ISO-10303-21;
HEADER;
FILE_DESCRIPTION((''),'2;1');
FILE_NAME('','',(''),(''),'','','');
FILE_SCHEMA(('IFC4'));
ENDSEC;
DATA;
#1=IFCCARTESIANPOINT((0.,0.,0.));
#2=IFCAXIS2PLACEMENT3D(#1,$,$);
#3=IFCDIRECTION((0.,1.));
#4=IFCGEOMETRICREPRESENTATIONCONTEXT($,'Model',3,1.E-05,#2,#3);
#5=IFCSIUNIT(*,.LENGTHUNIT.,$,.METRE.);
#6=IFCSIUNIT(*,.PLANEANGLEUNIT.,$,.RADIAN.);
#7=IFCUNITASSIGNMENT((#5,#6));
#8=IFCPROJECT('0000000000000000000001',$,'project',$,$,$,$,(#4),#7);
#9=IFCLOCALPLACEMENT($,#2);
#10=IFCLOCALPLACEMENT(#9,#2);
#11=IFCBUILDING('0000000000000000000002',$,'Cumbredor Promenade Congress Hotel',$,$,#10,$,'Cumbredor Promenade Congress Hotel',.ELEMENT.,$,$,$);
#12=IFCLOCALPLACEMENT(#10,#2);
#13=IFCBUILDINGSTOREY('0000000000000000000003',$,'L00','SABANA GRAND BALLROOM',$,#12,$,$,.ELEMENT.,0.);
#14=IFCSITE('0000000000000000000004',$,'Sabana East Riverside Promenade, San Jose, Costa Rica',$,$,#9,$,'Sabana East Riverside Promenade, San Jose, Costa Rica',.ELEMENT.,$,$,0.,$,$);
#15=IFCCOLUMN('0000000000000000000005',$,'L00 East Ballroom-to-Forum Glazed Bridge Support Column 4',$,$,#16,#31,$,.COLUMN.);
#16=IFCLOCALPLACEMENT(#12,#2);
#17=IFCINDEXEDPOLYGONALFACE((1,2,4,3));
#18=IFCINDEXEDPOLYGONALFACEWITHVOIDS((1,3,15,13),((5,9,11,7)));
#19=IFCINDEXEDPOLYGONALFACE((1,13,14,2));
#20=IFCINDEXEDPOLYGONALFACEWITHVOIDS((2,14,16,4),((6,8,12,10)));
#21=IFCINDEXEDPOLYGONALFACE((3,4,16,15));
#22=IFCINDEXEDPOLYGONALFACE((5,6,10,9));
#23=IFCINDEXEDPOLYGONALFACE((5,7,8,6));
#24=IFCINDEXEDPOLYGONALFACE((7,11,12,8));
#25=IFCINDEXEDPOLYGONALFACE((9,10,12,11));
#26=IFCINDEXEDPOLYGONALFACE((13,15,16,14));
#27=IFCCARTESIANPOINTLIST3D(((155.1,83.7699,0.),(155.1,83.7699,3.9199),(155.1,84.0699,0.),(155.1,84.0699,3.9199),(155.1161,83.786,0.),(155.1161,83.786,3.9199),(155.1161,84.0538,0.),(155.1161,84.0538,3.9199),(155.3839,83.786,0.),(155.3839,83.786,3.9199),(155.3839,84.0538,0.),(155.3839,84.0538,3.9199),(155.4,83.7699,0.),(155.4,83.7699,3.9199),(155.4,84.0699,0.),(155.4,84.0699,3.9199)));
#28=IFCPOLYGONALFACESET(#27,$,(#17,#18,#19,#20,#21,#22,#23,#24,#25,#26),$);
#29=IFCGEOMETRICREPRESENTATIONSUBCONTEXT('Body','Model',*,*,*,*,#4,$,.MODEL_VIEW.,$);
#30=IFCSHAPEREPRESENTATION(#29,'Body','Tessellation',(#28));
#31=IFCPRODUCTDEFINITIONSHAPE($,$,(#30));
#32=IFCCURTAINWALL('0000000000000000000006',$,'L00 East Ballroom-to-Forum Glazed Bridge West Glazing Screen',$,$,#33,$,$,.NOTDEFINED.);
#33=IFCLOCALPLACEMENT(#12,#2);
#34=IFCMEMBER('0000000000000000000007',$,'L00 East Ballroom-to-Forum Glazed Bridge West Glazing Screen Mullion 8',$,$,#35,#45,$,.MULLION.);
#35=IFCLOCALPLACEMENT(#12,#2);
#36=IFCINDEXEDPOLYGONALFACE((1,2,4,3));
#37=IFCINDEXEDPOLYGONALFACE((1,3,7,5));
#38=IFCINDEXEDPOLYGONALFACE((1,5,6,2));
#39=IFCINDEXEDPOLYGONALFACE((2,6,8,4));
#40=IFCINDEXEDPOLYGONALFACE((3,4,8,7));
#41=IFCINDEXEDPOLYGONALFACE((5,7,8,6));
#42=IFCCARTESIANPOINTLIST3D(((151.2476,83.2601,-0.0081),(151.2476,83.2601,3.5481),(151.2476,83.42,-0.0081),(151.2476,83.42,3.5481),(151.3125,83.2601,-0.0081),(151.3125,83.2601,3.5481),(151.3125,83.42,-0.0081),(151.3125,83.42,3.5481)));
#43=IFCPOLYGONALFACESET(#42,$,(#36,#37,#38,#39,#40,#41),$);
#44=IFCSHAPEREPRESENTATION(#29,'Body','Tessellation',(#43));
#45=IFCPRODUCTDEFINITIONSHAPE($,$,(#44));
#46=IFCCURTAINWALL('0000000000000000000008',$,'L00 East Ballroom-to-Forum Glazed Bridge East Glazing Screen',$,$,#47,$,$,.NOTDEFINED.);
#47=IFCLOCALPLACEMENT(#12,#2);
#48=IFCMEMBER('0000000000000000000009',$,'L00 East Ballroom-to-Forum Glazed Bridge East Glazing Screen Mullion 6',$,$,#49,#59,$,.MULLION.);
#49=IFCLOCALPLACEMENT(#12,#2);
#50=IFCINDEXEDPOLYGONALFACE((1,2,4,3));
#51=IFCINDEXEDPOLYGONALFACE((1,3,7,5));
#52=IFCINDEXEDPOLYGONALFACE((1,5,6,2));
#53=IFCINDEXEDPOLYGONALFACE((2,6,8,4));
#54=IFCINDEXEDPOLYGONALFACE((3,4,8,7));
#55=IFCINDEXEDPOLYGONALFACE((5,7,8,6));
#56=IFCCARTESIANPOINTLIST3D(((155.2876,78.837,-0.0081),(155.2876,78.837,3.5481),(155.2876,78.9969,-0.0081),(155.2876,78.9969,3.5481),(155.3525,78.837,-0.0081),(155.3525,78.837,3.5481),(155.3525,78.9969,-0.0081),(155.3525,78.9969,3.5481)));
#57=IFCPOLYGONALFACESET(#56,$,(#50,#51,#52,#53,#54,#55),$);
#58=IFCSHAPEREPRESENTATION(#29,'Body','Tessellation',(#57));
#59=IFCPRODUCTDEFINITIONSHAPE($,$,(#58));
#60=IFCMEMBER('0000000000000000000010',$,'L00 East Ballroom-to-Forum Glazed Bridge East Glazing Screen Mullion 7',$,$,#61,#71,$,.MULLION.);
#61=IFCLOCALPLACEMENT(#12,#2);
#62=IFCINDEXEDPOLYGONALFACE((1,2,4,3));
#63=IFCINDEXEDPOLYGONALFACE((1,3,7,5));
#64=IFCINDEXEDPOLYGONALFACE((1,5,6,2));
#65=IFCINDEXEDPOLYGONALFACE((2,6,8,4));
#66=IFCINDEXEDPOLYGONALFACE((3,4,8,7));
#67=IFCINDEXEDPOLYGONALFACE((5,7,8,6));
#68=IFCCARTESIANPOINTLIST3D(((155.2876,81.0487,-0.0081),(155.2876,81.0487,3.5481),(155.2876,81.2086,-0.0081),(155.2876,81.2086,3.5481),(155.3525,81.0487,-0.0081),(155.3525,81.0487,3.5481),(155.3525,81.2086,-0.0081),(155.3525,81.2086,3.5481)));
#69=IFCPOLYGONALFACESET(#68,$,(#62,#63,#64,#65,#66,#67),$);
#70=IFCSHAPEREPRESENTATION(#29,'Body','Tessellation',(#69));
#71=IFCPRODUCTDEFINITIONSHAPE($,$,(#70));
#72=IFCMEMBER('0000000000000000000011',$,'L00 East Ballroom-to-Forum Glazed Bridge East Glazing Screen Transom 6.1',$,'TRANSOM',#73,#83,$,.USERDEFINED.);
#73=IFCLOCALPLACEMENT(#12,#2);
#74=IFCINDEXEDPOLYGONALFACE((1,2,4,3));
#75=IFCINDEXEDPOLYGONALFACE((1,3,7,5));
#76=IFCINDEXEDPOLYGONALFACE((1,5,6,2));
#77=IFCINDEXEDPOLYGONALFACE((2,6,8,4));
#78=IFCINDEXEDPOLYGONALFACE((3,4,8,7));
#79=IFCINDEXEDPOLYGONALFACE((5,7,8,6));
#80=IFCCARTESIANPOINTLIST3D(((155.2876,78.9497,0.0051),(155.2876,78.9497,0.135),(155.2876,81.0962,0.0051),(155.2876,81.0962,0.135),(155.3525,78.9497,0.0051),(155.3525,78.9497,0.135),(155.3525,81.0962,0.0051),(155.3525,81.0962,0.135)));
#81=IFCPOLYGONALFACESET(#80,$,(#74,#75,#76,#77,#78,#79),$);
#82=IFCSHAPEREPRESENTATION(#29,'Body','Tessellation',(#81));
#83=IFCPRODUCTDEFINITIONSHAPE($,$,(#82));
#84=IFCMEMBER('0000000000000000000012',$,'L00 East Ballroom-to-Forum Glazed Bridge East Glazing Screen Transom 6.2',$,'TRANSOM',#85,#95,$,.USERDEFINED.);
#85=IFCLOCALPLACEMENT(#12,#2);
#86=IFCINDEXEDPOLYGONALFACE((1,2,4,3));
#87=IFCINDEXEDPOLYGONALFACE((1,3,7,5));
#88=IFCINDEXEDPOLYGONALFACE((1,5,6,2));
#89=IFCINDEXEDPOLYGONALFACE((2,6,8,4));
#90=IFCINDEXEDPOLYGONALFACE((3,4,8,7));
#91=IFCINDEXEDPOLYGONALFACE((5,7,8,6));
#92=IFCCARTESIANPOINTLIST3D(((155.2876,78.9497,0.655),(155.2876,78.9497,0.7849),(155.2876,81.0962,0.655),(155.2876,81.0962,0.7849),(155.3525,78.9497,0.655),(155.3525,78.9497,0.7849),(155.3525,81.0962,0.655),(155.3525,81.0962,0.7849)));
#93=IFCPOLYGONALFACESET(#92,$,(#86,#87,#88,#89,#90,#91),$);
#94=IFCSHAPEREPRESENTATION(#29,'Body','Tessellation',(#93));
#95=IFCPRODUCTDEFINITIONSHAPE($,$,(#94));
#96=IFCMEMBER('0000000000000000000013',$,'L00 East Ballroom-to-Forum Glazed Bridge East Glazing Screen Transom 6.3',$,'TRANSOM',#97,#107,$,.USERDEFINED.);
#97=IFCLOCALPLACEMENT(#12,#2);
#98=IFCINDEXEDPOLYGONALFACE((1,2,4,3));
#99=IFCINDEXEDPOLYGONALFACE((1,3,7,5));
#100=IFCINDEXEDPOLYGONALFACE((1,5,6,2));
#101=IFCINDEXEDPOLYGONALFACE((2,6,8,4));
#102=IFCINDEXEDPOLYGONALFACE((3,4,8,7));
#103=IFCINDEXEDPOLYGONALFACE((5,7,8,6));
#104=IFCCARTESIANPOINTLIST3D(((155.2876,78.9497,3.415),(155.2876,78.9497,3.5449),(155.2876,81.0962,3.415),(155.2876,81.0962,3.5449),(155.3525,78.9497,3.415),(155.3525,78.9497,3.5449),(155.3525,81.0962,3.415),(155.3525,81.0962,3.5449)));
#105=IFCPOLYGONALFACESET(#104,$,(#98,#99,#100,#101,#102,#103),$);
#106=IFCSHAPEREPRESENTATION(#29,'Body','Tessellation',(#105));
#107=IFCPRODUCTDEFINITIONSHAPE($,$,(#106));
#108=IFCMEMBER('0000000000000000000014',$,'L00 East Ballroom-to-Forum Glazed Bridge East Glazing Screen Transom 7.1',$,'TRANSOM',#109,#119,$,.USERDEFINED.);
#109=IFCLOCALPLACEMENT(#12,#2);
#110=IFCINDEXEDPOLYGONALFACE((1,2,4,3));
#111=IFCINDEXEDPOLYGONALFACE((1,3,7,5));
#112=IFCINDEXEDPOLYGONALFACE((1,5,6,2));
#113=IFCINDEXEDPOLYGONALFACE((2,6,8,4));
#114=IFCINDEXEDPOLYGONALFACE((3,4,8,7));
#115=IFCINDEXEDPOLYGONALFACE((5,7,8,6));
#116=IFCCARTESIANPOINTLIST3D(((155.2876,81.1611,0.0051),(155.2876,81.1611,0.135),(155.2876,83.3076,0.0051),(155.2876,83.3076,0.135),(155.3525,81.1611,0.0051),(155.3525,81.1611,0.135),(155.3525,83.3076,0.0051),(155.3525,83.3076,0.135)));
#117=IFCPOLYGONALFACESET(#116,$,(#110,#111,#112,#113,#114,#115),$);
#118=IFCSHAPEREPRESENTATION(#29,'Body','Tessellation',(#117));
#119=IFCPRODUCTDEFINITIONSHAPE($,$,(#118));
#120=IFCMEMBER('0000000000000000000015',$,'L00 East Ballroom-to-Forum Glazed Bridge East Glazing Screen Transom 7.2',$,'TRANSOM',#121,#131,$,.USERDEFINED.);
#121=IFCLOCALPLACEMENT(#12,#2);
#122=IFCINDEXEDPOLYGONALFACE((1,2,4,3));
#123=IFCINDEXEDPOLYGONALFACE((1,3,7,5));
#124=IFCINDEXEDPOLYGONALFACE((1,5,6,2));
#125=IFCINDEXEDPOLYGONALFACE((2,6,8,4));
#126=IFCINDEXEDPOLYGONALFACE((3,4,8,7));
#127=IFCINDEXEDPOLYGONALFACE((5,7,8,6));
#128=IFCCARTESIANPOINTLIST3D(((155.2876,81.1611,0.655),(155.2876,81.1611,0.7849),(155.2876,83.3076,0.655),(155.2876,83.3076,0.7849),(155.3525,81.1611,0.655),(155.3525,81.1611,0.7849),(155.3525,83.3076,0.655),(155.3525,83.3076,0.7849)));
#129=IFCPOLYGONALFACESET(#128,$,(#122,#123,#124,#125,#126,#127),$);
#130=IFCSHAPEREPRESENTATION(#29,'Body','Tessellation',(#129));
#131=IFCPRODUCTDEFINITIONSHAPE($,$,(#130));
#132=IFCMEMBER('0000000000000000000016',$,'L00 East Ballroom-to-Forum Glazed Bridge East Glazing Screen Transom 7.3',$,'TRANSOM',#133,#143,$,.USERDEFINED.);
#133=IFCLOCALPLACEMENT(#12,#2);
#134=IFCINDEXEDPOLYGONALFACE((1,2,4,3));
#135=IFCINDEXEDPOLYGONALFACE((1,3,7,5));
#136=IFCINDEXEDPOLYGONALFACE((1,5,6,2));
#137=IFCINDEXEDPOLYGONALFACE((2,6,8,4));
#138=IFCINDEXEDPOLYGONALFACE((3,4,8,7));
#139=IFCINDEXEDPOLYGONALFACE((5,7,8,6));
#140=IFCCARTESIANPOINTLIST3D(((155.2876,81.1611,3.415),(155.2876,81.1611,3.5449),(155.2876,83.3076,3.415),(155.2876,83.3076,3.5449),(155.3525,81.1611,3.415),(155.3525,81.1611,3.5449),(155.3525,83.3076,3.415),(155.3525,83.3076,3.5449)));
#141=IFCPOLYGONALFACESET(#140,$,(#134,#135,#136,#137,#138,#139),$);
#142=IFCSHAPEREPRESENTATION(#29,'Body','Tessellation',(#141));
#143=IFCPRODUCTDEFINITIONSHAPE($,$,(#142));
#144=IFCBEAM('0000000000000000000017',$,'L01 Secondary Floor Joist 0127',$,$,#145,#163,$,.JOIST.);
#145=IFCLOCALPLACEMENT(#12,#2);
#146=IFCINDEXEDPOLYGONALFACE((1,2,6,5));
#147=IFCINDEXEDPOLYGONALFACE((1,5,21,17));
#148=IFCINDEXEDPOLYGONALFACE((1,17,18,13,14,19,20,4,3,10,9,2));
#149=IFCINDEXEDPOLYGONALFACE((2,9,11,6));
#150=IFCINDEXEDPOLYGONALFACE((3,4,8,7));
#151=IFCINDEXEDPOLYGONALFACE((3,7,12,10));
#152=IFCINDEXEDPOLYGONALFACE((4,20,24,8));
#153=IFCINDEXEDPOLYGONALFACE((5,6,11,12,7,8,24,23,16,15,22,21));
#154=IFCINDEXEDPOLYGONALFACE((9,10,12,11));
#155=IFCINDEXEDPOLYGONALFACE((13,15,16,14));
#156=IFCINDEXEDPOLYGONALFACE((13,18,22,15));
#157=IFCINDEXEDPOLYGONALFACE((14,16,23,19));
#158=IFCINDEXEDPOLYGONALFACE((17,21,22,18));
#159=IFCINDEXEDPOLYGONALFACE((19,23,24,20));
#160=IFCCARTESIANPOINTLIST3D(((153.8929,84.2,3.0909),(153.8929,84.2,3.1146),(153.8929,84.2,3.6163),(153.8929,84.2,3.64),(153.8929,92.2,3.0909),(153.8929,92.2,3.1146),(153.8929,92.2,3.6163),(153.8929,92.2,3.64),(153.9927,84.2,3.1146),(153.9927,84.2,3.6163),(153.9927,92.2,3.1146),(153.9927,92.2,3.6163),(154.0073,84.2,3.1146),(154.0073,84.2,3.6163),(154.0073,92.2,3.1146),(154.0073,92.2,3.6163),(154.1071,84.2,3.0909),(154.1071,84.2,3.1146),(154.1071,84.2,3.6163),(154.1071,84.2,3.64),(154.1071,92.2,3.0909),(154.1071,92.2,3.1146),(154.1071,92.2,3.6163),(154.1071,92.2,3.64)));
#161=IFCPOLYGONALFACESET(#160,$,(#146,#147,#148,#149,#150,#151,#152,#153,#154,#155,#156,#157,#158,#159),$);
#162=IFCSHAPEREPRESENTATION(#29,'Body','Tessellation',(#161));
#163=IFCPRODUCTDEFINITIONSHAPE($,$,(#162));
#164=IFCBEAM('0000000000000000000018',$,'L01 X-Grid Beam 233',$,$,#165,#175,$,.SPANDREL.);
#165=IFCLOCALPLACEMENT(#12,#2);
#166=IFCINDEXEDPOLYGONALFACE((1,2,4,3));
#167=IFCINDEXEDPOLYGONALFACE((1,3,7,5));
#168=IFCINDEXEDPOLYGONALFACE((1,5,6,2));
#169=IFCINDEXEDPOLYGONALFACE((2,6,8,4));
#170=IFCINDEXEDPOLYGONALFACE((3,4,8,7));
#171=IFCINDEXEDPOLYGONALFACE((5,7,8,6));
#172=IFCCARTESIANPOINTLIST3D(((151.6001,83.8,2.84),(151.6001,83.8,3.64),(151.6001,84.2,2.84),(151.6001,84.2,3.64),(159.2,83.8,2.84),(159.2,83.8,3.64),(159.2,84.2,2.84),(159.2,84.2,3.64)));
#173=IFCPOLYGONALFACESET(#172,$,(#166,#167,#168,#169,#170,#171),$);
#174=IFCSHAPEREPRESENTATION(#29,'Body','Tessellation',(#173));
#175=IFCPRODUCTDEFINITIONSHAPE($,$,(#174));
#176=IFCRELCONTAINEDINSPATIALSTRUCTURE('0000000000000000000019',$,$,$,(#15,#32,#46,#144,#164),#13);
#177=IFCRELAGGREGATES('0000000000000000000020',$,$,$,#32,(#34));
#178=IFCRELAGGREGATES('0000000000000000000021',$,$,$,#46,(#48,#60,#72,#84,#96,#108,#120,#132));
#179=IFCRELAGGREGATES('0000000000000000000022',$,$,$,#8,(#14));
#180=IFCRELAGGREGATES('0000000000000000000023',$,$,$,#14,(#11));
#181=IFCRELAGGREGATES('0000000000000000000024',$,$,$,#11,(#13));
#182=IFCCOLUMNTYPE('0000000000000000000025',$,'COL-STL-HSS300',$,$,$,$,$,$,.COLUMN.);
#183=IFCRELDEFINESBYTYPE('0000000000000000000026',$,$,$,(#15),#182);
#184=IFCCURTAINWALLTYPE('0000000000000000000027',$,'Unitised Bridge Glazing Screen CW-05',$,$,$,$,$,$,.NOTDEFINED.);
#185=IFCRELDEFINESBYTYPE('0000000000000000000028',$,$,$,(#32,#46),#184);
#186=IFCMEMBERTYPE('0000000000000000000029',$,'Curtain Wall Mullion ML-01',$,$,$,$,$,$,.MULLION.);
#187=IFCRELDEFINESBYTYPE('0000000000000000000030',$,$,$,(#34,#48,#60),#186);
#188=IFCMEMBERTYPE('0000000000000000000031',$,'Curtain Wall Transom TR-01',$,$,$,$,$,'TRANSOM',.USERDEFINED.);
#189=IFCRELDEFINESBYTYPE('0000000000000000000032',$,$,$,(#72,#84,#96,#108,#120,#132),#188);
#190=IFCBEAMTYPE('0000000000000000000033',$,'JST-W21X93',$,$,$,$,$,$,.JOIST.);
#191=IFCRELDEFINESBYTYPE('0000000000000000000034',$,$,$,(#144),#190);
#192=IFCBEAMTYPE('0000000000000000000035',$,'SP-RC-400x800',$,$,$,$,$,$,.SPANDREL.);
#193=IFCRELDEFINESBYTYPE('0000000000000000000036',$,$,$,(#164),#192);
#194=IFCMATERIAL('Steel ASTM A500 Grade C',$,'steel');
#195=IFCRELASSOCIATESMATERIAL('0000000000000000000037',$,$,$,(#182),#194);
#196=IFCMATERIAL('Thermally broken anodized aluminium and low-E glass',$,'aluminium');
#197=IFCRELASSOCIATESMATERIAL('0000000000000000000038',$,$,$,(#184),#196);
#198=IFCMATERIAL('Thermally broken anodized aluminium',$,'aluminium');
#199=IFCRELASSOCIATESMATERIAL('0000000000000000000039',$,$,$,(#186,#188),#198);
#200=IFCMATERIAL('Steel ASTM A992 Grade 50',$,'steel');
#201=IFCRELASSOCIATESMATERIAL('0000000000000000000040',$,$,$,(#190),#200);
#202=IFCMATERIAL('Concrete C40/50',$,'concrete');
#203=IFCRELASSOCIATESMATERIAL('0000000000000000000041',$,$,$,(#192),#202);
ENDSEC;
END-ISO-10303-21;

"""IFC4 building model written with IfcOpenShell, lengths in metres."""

from ifc_helpers import new_model, si_unit, direction, frame, origin, origin_2d, place, context, subcontext, project, spatial, rectangle, hollow_rectangle, i_section, extrude, material, material_profile, profile_set, type_object, element, aggregate, save


model = new_model("IFC4")

# Units and contexts
model_context = context("Model", 3, precision=1e-05, world=origin(), true_north=direction((0.0, 1.0)))
body_context = subcontext(model_context, "Body", "Model", "MODEL_VIEW")
ifc_project = project(units=[si_unit("LENGTHUNIT", "METRE"), si_unit("PLANEANGLEUNIT", "RADIAN")], contexts=[model_context])

# Site, building, storey
site_placement = place(None, origin())
site = spatial("IfcSite", under=ifc_project, at=site_placement, Name="Sabana East Riverside Promenade, San Jose, Costa Rica", LongName="Sabana East Riverside Promenade, San Jose, Costa Rica", CompositionType="ELEMENT", RefElevation=0.0)
building_placement = place(site_placement, origin())
building = spatial("IfcBuilding", under=site, at=building_placement, Name="Cumbredor Promenade Congress Hotel", LongName="Cumbredor Promenade Congress Hotel", CompositionType="ELEMENT")
storey_placement = place(building_placement, origin())
storey = spatial("IfcBuildingStorey", under=building, at=storey_placement, Name="L00", Description="SABANA GRAND BALLROOM", CompositionType="ELEMENT", Elevation=0.0)

# Column
ifc_material_1 = material(Name="Steel ASTM A500 Grade C", Category="steel")
ifc_material_profile_1 = material_profile(ifc_material_1, hollow_rectangle(XDim=0.3, YDim=0.3, WallThickness=0.0161, at=origin_2d()), Name="HSS 300x300x16")
ifc_profile_set_1 = profile_set([ifc_material_profile_1], Name="Steel ASTM A500 Grade C")
column_type = type_object("IfcColumnType", Name="COL-STL-HSS300", PredefinedType="COLUMN", material=ifc_profile_set_1)
column_placement = place(storey_placement, frame((155.25, 83.9199, 0.0), z_axis=(0.0, 0.0, 1.0), x_axis=(1.0, 0.0, 0.0)))
element("IfcColumn", 1, at=column_placement, inside=storey, type_object=column_type, Name="L00 East Ballroom-to-Forum Glazed Bridge Support Column 4", PredefinedType="COLUMN", context=body_context, shape_type="SweptSolid", body=[
    extrude(hollow_rectangle(XDim=0.3, YDim=0.3, WallThickness=0.0161, at=origin_2d()), origin(), (0.0, 0.0, 1.0), 3.9199),
])

# Curtain wall, member
ifc_material_2 = material(Name="Thermally broken anodized aluminium and low-E glass", Category="aluminium")
curtain_wall_type = type_object("IfcCurtainWallType", Name="Unitised Bridge Glazing Screen CW-05", PredefinedType="NOTDEFINED", material=ifc_material_2)
curtain_wall_1_placement = place(storey_placement, origin())
curtain_wall_1 = element("IfcCurtainWall", 2, at=curtain_wall_1_placement, inside=storey, type_object=curtain_wall_type, Name="L00 East Ballroom-to-Forum Glazed Bridge West Glazing Screen", PredefinedType="NOTDEFINED")
ifc_material_3 = material(Name="Thermally broken anodized aluminium", Category="aluminium")
ifc_material_profile_2 = material_profile(ifc_material_3, rectangle(XDim=0.0649, YDim=0.1599, at=origin_2d()), Name="ALU MULLION 65x160")
ifc_profile_set_2 = profile_set([ifc_material_profile_2], Name="Thermally broken anodized aluminium")
member_type_1 = type_object("IfcMemberType", Name="Curtain Wall Mullion ML-01", PredefinedType="MULLION", material=ifc_profile_set_2)
member_1_placement = place(storey_placement, frame((151.28, 83.3401, -0.0081), z_axis=(0.0, 0.0, 1.0), x_axis=(1.0, 0.0, 0.0)))
member_1 = element("IfcMember", 3, at=member_1_placement, type_object=member_type_1, Name="L00 East Ballroom-to-Forum Glazed Bridge West Glazing Screen Mullion 8", PredefinedType="MULLION", context=body_context, shape_type="SweptSolid", body=[
    extrude(rectangle(XDim=0.0649, YDim=0.1599, at=origin_2d()), origin(), (0.0, 0.0, 1.0), 3.5562),
])

# Curtain wall, members
curtain_wall_2_placement = place(storey_placement, origin())
curtain_wall_2 = element("IfcCurtainWall", 4, at=curtain_wall_2_placement, inside=storey, type_object=curtain_wall_type, Name="L00 East Ballroom-to-Forum Glazed Bridge East Glazing Screen", PredefinedType="NOTDEFINED")
member_2_placement = place(storey_placement, frame((155.3201, 78.917, -0.0081), z_axis=(0.0, 0.0, 1.0), x_axis=(1.0, 0.0, 0.0)))
member_2 = element("IfcMember", 5, at=member_2_placement, type_object=member_type_1, Name="L00 East Ballroom-to-Forum Glazed Bridge East Glazing Screen Mullion 6", PredefinedType="MULLION", context=body_context, shape_type="SweptSolid", body=[
    extrude(rectangle(XDim=0.0649, YDim=0.1599, at=origin_2d()), origin(), (0.0, 0.0, 1.0), 3.5562),
])
member_3_placement = place(storey_placement, frame((155.3201, 81.1287, -0.0081), z_axis=(0.0, 0.0, 1.0), x_axis=(1.0, 0.0, 0.0)))
member_3 = element("IfcMember", 6, at=member_3_placement, type_object=member_type_1, Name="L00 East Ballroom-to-Forum Glazed Bridge East Glazing Screen Mullion 7", PredefinedType="MULLION", context=body_context, shape_type="SweptSolid", body=[
    extrude(rectangle(XDim=0.0649, YDim=0.1599, at=origin_2d()), origin(), (0.0, 0.0, 1.0), 3.5562),
])
ifc_material_profile_3 = material_profile(ifc_material_3, rectangle(XDim=0.0649, YDim=0.1299, at=origin_2d()), Name="ALU TRANSOM 65x130")
ifc_profile_set_3 = profile_set([ifc_material_profile_3], Name="Thermally broken anodized aluminium")
member_type_2 = type_object("IfcMemberType", Name="Curtain Wall Transom TR-01", ElementType="TRANSOM", PredefinedType="USERDEFINED", material=ifc_profile_set_3)
member_4_placement = place(storey_placement, frame((155.3201, 78.9497, 0.0701), z_axis=(0.0, 1.0, 0.0), x_axis=(-1.0, 0.0, 0.0)))
member_4 = element("IfcMember", 7, at=member_4_placement, type_object=member_type_2, Name="L00 East Ballroom-to-Forum Glazed Bridge East Glazing Screen Transom 6.1", ObjectType="TRANSOM", PredefinedType="USERDEFINED", context=body_context, shape_type="SweptSolid", body=[
    extrude(rectangle(XDim=0.0649, YDim=0.1299, at=origin_2d()), origin(), (0.0, 0.0, 1.0), 2.1465),
])
member_5_placement = place(storey_placement, frame((155.3201, 78.9497, 0.72), z_axis=(0.0, 1.0, 0.0), x_axis=(-1.0, 0.0, 0.0)))
member_5 = element("IfcMember", 8, at=member_5_placement, type_object=member_type_2, Name="L00 East Ballroom-to-Forum Glazed Bridge East Glazing Screen Transom 6.2", ObjectType="TRANSOM", PredefinedType="USERDEFINED", context=body_context, shape_type="SweptSolid", body=[
    extrude(rectangle(XDim=0.0649, YDim=0.1299, at=origin_2d()), origin(), (0.0, 0.0, 1.0), 2.1465),
])
member_6_placement = place(storey_placement, frame((155.3201, 78.9497, 3.48), z_axis=(0.0, 1.0, 0.0), x_axis=(-1.0, 0.0, 0.0)))
member_6 = element("IfcMember", 9, at=member_6_placement, type_object=member_type_2, Name="L00 East Ballroom-to-Forum Glazed Bridge East Glazing Screen Transom 6.3", ObjectType="TRANSOM", PredefinedType="USERDEFINED", context=body_context, shape_type="SweptSolid", body=[
    extrude(rectangle(XDim=0.0649, YDim=0.1299, at=origin_2d()), origin(), (0.0, 0.0, 1.0), 2.1465),
])
member_7_placement = place(storey_placement, frame((155.3201, 81.1611, 0.0701), z_axis=(0.0, 1.0, 0.0), x_axis=(-1.0, 0.0, 0.0)))
member_7 = element("IfcMember", 10, at=member_7_placement, type_object=member_type_2, Name="L00 East Ballroom-to-Forum Glazed Bridge East Glazing Screen Transom 7.1", ObjectType="TRANSOM", PredefinedType="USERDEFINED", context=body_context, shape_type="SweptSolid", body=[
    extrude(rectangle(XDim=0.0649, YDim=0.1299, at=origin_2d()), origin(), (0.0, 0.0, 1.0), 2.1465),
])
member_8_placement = place(storey_placement, frame((155.3201, 81.1611, 0.72), z_axis=(0.0, 1.0, 0.0), x_axis=(-1.0, 0.0, 0.0)))
member_8 = element("IfcMember", 11, at=member_8_placement, type_object=member_type_2, Name="L00 East Ballroom-to-Forum Glazed Bridge East Glazing Screen Transom 7.2", ObjectType="TRANSOM", PredefinedType="USERDEFINED", context=body_context, shape_type="SweptSolid", body=[
    extrude(rectangle(XDim=0.0649, YDim=0.1299, at=origin_2d()), origin(), (0.0, 0.0, 1.0), 2.1465),
])
member_9_placement = place(storey_placement, frame((155.3201, 81.1611, 3.48), z_axis=(0.0, 1.0, 0.0), x_axis=(-1.0, 0.0, 0.0)))
member_9 = element("IfcMember", 12, at=member_9_placement, type_object=member_type_2, Name="L00 East Ballroom-to-Forum Glazed Bridge East Glazing Screen Transom 7.3", ObjectType="TRANSOM", PredefinedType="USERDEFINED", context=body_context, shape_type="SweptSolid", body=[
    extrude(rectangle(XDim=0.0649, YDim=0.1299, at=origin_2d()), origin(), (0.0, 0.0, 1.0), 2.1465),
])

# Beams
ifc_material_4 = material(Name="Steel ASTM A992 Grade 50", Category="steel")
ifc_material_profile_4 = material_profile(ifc_material_4, i_section(OverallWidth=0.2141, OverallDepth=0.5491, WebThickness=0.0146, FlangeThickness=0.0237, at=origin_2d()), Name="W21X93")
ifc_profile_set_4 = profile_set([ifc_material_profile_4], Name="Steel ASTM A992 Grade 50")
beam_type_1 = type_object("IfcBeamType", Name="JST-W21X93", PredefinedType="JOIST", material=ifc_profile_set_4)
beam_1_placement = place(storey_placement, frame((154.0, 84.2, 3.3655), z_axis=(0.0, 1.0, 0.0), x_axis=(-1.0, 0.0, 0.0)))
element("IfcBeam", 13, at=beam_1_placement, inside=storey, type_object=beam_type_1, Name="L01 Secondary Floor Joist 0127", PredefinedType="JOIST", context=body_context, shape_type="SweptSolid", body=[
    extrude(i_section(OverallWidth=0.2141, OverallDepth=0.5491, WebThickness=0.0146, FlangeThickness=0.0237, at=origin_2d()), origin(), (0.0, 0.0, 1.0), 8.0),
])
ifc_material_5 = material(Name="Concrete C40/50", Category="concrete")
ifc_material_profile_5 = material_profile(ifc_material_5, rectangle(XDim=0.3999, YDim=0.8, at=origin_2d()), Name="RC SPANDREL 400x800")
ifc_profile_set_5 = profile_set([ifc_material_profile_5], Name="Concrete C40/50")
beam_type_2 = type_object("IfcBeamType", Name="SP-RC-400x800", PredefinedType="SPANDREL", material=ifc_profile_set_5)
beam_2_placement = place(storey_placement, frame((151.6001, 84.0, 3.24), z_axis=(1.0, 0.0, 0.0), x_axis=(0.0, 1.0, 0.0)))
element("IfcBeam", 14, at=beam_2_placement, inside=storey, type_object=beam_type_2, Name="L01 X-Grid Beam 233", PredefinedType="SPANDREL", context=body_context, shape_type="SweptSolid", body=[
    extrude(rectangle(XDim=0.3999, YDim=0.8, at=origin_2d()), origin(), (0.0, 0.0, 1.0), 7.5999),
])

aggregate(curtain_wall_1, [member_1])

aggregate(curtain_wall_2, [member_2, member_3, member_4, member_5, member_6, member_7, member_8, member_9])

save(model, "model.ifc")
